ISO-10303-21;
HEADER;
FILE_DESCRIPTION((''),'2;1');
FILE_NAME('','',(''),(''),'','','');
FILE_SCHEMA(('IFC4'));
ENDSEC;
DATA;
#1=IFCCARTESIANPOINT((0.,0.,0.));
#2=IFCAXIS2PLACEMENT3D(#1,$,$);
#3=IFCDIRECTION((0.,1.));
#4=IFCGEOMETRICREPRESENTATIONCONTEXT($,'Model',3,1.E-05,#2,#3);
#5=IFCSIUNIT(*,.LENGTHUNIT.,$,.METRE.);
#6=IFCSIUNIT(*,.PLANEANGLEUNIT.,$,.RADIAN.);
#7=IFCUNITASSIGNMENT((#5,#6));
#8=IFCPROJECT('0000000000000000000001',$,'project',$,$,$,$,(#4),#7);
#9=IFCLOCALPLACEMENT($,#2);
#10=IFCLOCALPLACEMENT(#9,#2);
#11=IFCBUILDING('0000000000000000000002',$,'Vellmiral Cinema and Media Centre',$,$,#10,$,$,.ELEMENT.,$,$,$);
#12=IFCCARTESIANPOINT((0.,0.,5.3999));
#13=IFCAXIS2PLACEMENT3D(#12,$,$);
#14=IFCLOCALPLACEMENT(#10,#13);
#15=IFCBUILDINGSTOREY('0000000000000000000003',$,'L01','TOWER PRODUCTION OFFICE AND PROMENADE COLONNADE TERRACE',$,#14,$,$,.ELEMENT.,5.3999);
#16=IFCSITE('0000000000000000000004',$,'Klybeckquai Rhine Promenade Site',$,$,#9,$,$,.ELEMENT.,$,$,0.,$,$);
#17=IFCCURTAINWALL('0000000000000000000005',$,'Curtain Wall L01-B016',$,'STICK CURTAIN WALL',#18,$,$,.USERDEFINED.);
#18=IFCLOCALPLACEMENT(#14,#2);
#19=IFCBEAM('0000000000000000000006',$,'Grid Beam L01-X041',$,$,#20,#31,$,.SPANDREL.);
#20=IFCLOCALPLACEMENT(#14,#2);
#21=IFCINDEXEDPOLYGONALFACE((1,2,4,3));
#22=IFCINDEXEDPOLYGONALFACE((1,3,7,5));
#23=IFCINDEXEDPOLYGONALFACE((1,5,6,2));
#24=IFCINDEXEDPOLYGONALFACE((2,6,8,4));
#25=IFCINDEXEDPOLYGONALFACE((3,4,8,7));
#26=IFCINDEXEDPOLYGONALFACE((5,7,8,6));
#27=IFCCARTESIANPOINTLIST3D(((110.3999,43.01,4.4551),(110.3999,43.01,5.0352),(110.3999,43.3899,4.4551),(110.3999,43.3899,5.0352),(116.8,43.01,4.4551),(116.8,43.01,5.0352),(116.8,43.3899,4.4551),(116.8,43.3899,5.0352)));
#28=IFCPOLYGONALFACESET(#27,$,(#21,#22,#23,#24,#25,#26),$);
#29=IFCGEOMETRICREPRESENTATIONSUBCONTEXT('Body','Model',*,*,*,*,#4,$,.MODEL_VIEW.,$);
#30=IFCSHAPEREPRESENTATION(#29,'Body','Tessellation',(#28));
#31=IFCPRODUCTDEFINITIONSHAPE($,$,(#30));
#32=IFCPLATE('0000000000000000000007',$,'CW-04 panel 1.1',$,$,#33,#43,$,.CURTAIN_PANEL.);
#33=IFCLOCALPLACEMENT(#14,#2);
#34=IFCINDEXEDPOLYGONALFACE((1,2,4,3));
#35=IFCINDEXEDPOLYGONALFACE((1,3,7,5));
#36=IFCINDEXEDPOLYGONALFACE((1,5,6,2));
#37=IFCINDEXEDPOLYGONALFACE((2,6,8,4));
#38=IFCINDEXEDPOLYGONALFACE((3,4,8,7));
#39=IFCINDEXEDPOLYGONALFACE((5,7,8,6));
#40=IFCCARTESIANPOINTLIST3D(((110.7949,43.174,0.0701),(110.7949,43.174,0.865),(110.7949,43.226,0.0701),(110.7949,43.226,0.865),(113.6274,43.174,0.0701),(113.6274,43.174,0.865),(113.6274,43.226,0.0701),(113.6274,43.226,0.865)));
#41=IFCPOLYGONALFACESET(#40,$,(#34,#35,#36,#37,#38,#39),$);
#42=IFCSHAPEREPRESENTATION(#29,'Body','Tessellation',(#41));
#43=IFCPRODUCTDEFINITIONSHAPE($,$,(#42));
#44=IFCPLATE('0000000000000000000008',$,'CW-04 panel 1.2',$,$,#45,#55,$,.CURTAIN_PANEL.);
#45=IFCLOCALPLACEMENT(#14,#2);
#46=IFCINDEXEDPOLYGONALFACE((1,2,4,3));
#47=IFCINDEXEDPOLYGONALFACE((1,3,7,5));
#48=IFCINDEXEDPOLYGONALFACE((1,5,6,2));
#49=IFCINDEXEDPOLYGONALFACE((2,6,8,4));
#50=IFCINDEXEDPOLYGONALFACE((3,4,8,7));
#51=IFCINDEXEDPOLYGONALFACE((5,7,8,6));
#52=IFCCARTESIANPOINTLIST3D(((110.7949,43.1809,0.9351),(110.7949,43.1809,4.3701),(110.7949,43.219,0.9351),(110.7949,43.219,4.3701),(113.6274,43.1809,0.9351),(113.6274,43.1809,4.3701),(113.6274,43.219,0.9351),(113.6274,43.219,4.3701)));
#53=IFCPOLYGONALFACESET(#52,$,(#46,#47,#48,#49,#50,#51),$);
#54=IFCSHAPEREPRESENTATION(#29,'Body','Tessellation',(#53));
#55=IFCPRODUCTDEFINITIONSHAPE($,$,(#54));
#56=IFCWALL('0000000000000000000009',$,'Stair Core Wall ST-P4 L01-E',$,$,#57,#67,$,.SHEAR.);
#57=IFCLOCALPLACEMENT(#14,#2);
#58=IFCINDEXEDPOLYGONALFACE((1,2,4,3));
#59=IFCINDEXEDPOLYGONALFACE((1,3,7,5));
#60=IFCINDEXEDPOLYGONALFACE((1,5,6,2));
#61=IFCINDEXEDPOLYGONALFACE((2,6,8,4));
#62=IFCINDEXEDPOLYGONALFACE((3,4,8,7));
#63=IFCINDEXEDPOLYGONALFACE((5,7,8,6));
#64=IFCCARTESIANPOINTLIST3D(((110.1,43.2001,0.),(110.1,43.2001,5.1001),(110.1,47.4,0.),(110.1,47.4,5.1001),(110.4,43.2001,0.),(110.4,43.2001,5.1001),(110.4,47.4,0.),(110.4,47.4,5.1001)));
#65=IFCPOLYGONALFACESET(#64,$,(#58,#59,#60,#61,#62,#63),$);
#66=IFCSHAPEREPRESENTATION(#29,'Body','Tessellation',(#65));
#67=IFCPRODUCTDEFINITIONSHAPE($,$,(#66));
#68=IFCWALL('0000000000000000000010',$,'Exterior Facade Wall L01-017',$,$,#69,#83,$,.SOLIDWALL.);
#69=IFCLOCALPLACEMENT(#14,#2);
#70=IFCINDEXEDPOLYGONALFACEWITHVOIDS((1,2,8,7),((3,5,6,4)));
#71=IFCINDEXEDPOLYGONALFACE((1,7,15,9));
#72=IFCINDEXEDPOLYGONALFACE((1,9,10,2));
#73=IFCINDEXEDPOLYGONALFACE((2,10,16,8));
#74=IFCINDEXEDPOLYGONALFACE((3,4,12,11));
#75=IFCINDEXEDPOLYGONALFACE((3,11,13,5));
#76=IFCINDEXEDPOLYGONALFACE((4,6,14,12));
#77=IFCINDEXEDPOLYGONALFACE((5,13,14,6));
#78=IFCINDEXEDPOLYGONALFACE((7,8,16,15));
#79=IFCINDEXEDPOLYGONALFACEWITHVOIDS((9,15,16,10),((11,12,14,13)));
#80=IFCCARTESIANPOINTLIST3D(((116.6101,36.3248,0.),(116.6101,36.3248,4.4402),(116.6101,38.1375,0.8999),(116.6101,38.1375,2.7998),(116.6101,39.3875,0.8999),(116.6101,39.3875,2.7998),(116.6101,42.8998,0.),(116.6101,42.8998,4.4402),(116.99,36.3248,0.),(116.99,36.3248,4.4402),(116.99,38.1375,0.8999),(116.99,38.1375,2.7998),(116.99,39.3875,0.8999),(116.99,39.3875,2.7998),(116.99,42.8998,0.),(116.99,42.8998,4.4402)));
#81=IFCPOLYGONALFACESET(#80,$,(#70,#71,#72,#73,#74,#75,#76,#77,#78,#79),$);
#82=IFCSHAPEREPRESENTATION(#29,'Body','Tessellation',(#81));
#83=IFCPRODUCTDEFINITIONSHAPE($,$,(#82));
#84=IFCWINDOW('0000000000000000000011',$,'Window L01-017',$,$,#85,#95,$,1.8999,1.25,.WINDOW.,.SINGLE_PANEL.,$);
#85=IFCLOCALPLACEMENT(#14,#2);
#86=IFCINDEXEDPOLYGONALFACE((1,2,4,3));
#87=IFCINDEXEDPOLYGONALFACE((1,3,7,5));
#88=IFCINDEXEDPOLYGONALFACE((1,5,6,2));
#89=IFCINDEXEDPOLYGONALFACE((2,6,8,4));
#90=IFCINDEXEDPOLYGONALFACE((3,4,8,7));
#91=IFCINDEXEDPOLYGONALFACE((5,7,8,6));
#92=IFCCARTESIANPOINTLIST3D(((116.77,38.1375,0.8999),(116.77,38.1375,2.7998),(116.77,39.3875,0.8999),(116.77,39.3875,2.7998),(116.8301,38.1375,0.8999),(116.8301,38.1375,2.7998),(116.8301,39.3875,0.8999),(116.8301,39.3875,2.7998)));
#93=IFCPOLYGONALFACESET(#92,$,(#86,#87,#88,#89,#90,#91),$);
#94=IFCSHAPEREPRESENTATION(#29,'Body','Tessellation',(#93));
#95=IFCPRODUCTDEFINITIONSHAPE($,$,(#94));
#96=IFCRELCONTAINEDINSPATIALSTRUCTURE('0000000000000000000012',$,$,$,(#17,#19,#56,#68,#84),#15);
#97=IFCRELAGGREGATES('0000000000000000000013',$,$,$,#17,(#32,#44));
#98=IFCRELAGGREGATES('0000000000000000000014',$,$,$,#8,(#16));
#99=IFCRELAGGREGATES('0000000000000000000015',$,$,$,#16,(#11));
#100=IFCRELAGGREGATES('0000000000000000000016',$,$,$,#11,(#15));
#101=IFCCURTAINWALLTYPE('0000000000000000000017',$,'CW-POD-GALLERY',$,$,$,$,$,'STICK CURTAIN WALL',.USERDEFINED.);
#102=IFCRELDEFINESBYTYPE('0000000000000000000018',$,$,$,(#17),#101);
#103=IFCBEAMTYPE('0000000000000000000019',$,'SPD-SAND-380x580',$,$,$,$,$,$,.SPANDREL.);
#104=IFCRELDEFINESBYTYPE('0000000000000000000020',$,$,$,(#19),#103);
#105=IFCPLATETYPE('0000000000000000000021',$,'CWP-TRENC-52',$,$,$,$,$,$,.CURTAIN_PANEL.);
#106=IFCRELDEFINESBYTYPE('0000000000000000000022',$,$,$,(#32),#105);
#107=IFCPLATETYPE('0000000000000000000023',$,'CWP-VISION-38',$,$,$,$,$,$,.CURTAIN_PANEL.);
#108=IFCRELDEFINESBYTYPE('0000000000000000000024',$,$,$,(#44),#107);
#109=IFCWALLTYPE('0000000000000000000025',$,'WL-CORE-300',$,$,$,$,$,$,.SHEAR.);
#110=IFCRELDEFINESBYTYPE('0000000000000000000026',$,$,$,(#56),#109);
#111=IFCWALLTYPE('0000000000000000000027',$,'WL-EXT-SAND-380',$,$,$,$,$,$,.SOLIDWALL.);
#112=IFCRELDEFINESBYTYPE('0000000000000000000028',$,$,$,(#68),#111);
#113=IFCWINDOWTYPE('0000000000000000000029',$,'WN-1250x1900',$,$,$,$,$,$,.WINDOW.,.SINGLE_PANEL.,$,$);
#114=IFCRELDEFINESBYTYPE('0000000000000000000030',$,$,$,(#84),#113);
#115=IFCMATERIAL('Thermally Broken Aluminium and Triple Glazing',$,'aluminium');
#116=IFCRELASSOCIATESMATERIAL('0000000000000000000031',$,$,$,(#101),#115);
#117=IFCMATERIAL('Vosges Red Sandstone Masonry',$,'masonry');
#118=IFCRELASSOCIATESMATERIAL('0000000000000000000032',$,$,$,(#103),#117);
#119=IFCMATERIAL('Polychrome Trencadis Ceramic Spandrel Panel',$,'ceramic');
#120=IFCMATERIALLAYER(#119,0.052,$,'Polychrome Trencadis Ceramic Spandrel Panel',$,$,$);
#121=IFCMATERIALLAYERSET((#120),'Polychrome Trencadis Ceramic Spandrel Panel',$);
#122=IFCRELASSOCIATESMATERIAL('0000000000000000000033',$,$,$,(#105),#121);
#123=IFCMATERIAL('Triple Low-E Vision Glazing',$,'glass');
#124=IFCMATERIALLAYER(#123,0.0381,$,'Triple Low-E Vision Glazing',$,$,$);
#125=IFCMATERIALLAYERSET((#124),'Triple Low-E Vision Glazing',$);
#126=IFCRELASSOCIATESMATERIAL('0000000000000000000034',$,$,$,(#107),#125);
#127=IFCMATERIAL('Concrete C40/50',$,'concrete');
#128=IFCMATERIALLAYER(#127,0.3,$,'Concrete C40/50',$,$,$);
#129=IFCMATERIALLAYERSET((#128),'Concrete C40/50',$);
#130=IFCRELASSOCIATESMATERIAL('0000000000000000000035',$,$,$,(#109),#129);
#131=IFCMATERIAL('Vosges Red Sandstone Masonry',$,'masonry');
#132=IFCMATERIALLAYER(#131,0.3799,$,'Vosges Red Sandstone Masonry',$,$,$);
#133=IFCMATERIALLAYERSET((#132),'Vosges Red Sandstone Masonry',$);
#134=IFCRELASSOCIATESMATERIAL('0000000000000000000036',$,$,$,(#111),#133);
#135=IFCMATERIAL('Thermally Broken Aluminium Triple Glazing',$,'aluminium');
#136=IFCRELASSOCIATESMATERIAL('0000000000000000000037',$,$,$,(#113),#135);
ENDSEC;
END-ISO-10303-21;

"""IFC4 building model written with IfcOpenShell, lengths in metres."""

from ifc_helpers import new_model, si_unit, direction, frame, frame_2d, origin, origin_2d, place, context, subcontext, project, spatial, rectangle, extrude, material, layer, layer_set, material_profile, profile_set, type_object, element, fill, aggregate, save


model = new_model("IFC4")

# Units and contexts
model_context = context("Model", 3, precision=1e-05, world=origin(), true_north=direction((0.0, 1.0)))
body_context = subcontext(model_context, "Body", "Model", "MODEL_VIEW")
ifc_project = project(units=[si_unit("LENGTHUNIT", "METRE"), si_unit("PLANEANGLEUNIT", "RADIAN")], contexts=[model_context])

# Site, building, storey
site_placement = place(None, origin())
site = spatial("IfcSite", under=ifc_project, at=site_placement, Name="Klybeckquai Rhine Promenade Site", CompositionType="ELEMENT", RefElevation=0.0)
building_placement = place(site_placement, origin())
building = spatial("IfcBuilding", under=site, at=building_placement, Name="Vellmiral Cinema and Media Centre", CompositionType="ELEMENT")
storey_placement = place(building_placement, frame((0.0, 0.0, 5.3999)))
storey = spatial("IfcBuildingStorey", under=building, at=storey_placement, Name="L01", Description="TOWER PRODUCTION OFFICE AND PROMENADE COLONNADE TERRACE", CompositionType="ELEMENT", Elevation=5.3999)

# Curtain wall
ifc_material_1 = material(Name="Thermally Broken Aluminium and Triple Glazing", Category="aluminium")
curtain_wall_type = type_object("IfcCurtainWallType", Name="CW-POD-GALLERY", ElementType="STICK CURTAIN WALL", PredefinedType="USERDEFINED", material=ifc_material_1)
curtain_wall_1_placement = place(storey_placement, origin())
curtain_wall_1 = element("IfcCurtainWall", 1, at=curtain_wall_1_placement, inside=storey, type_object=curtain_wall_type, Name="Curtain Wall L01-B016", ObjectType="STICK CURTAIN WALL", PredefinedType="USERDEFINED")

# Beam
ifc_material_2 = material(Name="Vosges Red Sandstone Masonry", Category="masonry")
ifc_material_profile_1 = material_profile(ifc_material_2, rectangle(XDim=0.3799, YDim=0.5801, at=origin_2d()), Name="SAND 380x580")
ifc_profile_set_1 = profile_set([ifc_material_profile_1], Name="Vosges Red Sandstone Masonry")
beam_type_1 = type_object("IfcBeamType", Name="SPD-SAND-380x580", PredefinedType="SPANDREL", material=ifc_profile_set_1)
beam_1_placement = place(storey_placement, frame((110.3999, 43.2, 4.7451), z_axis=(1.0, 0.0, 0.0), x_axis=(0.0, 1.0, 0.0)))
element("IfcBeam", 2, at=beam_1_placement, inside=storey, type_object=beam_type_1, Name="Grid Beam L01-X041", PredefinedType="SPANDREL", context=body_context, shape_type="SweptSolid", body=[
    extrude(rectangle(XDim=0.3799, YDim=0.5801, at=origin_2d()), origin(), (0.0, 0.0, 1.0), 6.4001),
])

# Plates
ifc_material_3 = material(Name="Polychrome Trencadis Ceramic Spandrel Panel", Category="ceramic")
ifc_layer_1 = layer(ifc_material_3, 0.052, Name="Polychrome Trencadis Ceramic Spandrel Panel")
ifc_layer_set_1 = layer_set([ifc_layer_1], Name="Polychrome Trencadis Ceramic Spandrel Panel")
plate_type_1 = type_object("IfcPlateType", Name="CWP-TRENC-52", PredefinedType="CURTAIN_PANEL", material=ifc_layer_set_1)
plate_1_placement = place(storey_placement, frame((112.2112, 43.2, 0.0701), z_axis=(0.0, 0.0, 1.0), x_axis=(1.0, 0.0, 0.0)))
plate_1 = element("IfcPlate", 3, at=plate_1_placement, type_object=plate_type_1, Name="CW-04 panel 1.1", PredefinedType="CURTAIN_PANEL", context=body_context, shape_type="SweptSolid", body=[
    extrude(rectangle(XDim=2.8325, YDim=0.052, at=origin_2d()), origin(), (0.0, 0.0, 1.0), 0.7949),
])
ifc_material_4 = material(Name="Triple Low-E Vision Glazing", Category="glass")
ifc_layer_2 = layer(ifc_material_4, 0.0381, Name="Triple Low-E Vision Glazing")
ifc_layer_set_2 = layer_set([ifc_layer_2], Name="Triple Low-E Vision Glazing")
plate_type_2 = type_object("IfcPlateType", Name="CWP-VISION-38", PredefinedType="CURTAIN_PANEL", material=ifc_layer_set_2)
plate_2_placement = place(storey_placement, frame((112.2112, 43.2, 0.9351), z_axis=(0.0, 0.0, 1.0), x_axis=(1.0, 0.0, 0.0)))
plate_2 = element("IfcPlate", 4, at=plate_2_placement, type_object=plate_type_2, Name="CW-04 panel 1.2", PredefinedType="CURTAIN_PANEL", context=body_context, shape_type="SweptSolid", body=[
    extrude(rectangle(XDim=2.8325, YDim=0.0381, at=origin_2d()), origin(), (0.0, 0.0, 1.0), 3.4351),
])
aggregate(curtain_wall_1, [plate_1, plate_2])

# Wall
ifc_material_5 = material(Name="Concrete C40/50", Category="concrete")
ifc_layer_3 = layer(ifc_material_5, 0.3, Name="Concrete C40/50")
ifc_layer_set_3 = layer_set([ifc_layer_3], Name="Concrete C40/50")
wall_type_1 = type_object("IfcWallType", Name="WL-CORE-300", PredefinedType="SHEAR", material=ifc_layer_set_3)
wall_1_placement = place(storey_placement, frame((110.25, 43.2, 0.0), z_axis=(0.0, 0.0, 1.0), x_axis=(0.0, 1.0, 0.0)))
element("IfcWall", 5, at=wall_1_placement, inside=storey, type_object=wall_type_1, Name="Stair Core Wall ST-P4 L01-E", PredefinedType="SHEAR", context=body_context, shape_type="SweptSolid", body=[
    extrude(rectangle(XDim=4.2, YDim=0.3, at=frame_2d((2.1001, 0.0))), origin(), (0.0, 0.0, 1.0), 5.1001),
])

# Wall, opening, window
ifc_material_6 = material(Name="Vosges Red Sandstone Masonry", Category="masonry")
ifc_layer_4 = layer(ifc_material_6, 0.3799, Name="Vosges Red Sandstone Masonry")
ifc_layer_set_4 = layer_set([ifc_layer_4], Name="Vosges Red Sandstone Masonry")
wall_type_2 = type_object("IfcWallType", Name="WL-EXT-SAND-380", PredefinedType="SOLIDWALL", material=ifc_layer_set_4)
wall_2_placement = place(storey_placement, frame((116.8, 42.8999, 0.0), z_axis=(0.0, 0.0, 1.0), x_axis=(0.0, -1.0, 0.0)))
wall_2 = element("IfcWall", 6, at=wall_2_placement, inside=storey, type_object=wall_type_2, Name="Exterior Facade Wall L01-017", PredefinedType="SOLIDWALL", context=body_context, shape_type="SweptSolid", body=[
    extrude(rectangle(XDim=6.575, YDim=0.3799, at=frame_2d((3.2876, 0.0))), origin(), (0.0, 0.0, 1.0), 4.4402),
])
opening_placement = place(wall_2_placement, frame((3.5125, 0.0, 0.8999)))
opening = element("IfcOpeningElement", 7, at=opening_placement, cuts=wall_2, PredefinedType="OPENING", context=body_context, shape_type="SweptSolid", body=[
    extrude(rectangle(XDim=1.25, YDim=1.8999, at=frame_2d((0.625, 0.95))), frame((0.0, 0.2019, 0.0), z_axis=(0.0, -1.0, 0.0), x_axis=(1.0, 0.0, 0.0)), (0.0, 0.0, 1.0), 0.4038),
])
ifc_material_7 = material(Name="Thermally Broken Aluminium Triple Glazing", Category="aluminium")
window_type = type_object("IfcWindowType", Name="WN-1250x1900", PartitioningType="SINGLE_PANEL", PredefinedType="WINDOW", material=ifc_material_7)
window_placement = place(opening_placement, origin())
window = element("IfcWindow", 8, at=window_placement, inside=storey, type_object=window_type, Name="Window L01-017", OverallHeight=1.8999, OverallWidth=1.25, PartitioningType="SINGLE_PANEL", PredefinedType="WINDOW", context=body_context, shape_type="SweptSolid", body=[
    extrude(rectangle(XDim=1.25, YDim=1.8999, at=frame_2d((0.625, 0.95))), frame((0.0, 0.03, 0.0), z_axis=(0.0, -1.0, 0.0), x_axis=(1.0, 0.0, 0.0)), (0.0, 0.0, 1.0), 0.0601),
])
fill(opening, window)

save(model, "model.ifc")
